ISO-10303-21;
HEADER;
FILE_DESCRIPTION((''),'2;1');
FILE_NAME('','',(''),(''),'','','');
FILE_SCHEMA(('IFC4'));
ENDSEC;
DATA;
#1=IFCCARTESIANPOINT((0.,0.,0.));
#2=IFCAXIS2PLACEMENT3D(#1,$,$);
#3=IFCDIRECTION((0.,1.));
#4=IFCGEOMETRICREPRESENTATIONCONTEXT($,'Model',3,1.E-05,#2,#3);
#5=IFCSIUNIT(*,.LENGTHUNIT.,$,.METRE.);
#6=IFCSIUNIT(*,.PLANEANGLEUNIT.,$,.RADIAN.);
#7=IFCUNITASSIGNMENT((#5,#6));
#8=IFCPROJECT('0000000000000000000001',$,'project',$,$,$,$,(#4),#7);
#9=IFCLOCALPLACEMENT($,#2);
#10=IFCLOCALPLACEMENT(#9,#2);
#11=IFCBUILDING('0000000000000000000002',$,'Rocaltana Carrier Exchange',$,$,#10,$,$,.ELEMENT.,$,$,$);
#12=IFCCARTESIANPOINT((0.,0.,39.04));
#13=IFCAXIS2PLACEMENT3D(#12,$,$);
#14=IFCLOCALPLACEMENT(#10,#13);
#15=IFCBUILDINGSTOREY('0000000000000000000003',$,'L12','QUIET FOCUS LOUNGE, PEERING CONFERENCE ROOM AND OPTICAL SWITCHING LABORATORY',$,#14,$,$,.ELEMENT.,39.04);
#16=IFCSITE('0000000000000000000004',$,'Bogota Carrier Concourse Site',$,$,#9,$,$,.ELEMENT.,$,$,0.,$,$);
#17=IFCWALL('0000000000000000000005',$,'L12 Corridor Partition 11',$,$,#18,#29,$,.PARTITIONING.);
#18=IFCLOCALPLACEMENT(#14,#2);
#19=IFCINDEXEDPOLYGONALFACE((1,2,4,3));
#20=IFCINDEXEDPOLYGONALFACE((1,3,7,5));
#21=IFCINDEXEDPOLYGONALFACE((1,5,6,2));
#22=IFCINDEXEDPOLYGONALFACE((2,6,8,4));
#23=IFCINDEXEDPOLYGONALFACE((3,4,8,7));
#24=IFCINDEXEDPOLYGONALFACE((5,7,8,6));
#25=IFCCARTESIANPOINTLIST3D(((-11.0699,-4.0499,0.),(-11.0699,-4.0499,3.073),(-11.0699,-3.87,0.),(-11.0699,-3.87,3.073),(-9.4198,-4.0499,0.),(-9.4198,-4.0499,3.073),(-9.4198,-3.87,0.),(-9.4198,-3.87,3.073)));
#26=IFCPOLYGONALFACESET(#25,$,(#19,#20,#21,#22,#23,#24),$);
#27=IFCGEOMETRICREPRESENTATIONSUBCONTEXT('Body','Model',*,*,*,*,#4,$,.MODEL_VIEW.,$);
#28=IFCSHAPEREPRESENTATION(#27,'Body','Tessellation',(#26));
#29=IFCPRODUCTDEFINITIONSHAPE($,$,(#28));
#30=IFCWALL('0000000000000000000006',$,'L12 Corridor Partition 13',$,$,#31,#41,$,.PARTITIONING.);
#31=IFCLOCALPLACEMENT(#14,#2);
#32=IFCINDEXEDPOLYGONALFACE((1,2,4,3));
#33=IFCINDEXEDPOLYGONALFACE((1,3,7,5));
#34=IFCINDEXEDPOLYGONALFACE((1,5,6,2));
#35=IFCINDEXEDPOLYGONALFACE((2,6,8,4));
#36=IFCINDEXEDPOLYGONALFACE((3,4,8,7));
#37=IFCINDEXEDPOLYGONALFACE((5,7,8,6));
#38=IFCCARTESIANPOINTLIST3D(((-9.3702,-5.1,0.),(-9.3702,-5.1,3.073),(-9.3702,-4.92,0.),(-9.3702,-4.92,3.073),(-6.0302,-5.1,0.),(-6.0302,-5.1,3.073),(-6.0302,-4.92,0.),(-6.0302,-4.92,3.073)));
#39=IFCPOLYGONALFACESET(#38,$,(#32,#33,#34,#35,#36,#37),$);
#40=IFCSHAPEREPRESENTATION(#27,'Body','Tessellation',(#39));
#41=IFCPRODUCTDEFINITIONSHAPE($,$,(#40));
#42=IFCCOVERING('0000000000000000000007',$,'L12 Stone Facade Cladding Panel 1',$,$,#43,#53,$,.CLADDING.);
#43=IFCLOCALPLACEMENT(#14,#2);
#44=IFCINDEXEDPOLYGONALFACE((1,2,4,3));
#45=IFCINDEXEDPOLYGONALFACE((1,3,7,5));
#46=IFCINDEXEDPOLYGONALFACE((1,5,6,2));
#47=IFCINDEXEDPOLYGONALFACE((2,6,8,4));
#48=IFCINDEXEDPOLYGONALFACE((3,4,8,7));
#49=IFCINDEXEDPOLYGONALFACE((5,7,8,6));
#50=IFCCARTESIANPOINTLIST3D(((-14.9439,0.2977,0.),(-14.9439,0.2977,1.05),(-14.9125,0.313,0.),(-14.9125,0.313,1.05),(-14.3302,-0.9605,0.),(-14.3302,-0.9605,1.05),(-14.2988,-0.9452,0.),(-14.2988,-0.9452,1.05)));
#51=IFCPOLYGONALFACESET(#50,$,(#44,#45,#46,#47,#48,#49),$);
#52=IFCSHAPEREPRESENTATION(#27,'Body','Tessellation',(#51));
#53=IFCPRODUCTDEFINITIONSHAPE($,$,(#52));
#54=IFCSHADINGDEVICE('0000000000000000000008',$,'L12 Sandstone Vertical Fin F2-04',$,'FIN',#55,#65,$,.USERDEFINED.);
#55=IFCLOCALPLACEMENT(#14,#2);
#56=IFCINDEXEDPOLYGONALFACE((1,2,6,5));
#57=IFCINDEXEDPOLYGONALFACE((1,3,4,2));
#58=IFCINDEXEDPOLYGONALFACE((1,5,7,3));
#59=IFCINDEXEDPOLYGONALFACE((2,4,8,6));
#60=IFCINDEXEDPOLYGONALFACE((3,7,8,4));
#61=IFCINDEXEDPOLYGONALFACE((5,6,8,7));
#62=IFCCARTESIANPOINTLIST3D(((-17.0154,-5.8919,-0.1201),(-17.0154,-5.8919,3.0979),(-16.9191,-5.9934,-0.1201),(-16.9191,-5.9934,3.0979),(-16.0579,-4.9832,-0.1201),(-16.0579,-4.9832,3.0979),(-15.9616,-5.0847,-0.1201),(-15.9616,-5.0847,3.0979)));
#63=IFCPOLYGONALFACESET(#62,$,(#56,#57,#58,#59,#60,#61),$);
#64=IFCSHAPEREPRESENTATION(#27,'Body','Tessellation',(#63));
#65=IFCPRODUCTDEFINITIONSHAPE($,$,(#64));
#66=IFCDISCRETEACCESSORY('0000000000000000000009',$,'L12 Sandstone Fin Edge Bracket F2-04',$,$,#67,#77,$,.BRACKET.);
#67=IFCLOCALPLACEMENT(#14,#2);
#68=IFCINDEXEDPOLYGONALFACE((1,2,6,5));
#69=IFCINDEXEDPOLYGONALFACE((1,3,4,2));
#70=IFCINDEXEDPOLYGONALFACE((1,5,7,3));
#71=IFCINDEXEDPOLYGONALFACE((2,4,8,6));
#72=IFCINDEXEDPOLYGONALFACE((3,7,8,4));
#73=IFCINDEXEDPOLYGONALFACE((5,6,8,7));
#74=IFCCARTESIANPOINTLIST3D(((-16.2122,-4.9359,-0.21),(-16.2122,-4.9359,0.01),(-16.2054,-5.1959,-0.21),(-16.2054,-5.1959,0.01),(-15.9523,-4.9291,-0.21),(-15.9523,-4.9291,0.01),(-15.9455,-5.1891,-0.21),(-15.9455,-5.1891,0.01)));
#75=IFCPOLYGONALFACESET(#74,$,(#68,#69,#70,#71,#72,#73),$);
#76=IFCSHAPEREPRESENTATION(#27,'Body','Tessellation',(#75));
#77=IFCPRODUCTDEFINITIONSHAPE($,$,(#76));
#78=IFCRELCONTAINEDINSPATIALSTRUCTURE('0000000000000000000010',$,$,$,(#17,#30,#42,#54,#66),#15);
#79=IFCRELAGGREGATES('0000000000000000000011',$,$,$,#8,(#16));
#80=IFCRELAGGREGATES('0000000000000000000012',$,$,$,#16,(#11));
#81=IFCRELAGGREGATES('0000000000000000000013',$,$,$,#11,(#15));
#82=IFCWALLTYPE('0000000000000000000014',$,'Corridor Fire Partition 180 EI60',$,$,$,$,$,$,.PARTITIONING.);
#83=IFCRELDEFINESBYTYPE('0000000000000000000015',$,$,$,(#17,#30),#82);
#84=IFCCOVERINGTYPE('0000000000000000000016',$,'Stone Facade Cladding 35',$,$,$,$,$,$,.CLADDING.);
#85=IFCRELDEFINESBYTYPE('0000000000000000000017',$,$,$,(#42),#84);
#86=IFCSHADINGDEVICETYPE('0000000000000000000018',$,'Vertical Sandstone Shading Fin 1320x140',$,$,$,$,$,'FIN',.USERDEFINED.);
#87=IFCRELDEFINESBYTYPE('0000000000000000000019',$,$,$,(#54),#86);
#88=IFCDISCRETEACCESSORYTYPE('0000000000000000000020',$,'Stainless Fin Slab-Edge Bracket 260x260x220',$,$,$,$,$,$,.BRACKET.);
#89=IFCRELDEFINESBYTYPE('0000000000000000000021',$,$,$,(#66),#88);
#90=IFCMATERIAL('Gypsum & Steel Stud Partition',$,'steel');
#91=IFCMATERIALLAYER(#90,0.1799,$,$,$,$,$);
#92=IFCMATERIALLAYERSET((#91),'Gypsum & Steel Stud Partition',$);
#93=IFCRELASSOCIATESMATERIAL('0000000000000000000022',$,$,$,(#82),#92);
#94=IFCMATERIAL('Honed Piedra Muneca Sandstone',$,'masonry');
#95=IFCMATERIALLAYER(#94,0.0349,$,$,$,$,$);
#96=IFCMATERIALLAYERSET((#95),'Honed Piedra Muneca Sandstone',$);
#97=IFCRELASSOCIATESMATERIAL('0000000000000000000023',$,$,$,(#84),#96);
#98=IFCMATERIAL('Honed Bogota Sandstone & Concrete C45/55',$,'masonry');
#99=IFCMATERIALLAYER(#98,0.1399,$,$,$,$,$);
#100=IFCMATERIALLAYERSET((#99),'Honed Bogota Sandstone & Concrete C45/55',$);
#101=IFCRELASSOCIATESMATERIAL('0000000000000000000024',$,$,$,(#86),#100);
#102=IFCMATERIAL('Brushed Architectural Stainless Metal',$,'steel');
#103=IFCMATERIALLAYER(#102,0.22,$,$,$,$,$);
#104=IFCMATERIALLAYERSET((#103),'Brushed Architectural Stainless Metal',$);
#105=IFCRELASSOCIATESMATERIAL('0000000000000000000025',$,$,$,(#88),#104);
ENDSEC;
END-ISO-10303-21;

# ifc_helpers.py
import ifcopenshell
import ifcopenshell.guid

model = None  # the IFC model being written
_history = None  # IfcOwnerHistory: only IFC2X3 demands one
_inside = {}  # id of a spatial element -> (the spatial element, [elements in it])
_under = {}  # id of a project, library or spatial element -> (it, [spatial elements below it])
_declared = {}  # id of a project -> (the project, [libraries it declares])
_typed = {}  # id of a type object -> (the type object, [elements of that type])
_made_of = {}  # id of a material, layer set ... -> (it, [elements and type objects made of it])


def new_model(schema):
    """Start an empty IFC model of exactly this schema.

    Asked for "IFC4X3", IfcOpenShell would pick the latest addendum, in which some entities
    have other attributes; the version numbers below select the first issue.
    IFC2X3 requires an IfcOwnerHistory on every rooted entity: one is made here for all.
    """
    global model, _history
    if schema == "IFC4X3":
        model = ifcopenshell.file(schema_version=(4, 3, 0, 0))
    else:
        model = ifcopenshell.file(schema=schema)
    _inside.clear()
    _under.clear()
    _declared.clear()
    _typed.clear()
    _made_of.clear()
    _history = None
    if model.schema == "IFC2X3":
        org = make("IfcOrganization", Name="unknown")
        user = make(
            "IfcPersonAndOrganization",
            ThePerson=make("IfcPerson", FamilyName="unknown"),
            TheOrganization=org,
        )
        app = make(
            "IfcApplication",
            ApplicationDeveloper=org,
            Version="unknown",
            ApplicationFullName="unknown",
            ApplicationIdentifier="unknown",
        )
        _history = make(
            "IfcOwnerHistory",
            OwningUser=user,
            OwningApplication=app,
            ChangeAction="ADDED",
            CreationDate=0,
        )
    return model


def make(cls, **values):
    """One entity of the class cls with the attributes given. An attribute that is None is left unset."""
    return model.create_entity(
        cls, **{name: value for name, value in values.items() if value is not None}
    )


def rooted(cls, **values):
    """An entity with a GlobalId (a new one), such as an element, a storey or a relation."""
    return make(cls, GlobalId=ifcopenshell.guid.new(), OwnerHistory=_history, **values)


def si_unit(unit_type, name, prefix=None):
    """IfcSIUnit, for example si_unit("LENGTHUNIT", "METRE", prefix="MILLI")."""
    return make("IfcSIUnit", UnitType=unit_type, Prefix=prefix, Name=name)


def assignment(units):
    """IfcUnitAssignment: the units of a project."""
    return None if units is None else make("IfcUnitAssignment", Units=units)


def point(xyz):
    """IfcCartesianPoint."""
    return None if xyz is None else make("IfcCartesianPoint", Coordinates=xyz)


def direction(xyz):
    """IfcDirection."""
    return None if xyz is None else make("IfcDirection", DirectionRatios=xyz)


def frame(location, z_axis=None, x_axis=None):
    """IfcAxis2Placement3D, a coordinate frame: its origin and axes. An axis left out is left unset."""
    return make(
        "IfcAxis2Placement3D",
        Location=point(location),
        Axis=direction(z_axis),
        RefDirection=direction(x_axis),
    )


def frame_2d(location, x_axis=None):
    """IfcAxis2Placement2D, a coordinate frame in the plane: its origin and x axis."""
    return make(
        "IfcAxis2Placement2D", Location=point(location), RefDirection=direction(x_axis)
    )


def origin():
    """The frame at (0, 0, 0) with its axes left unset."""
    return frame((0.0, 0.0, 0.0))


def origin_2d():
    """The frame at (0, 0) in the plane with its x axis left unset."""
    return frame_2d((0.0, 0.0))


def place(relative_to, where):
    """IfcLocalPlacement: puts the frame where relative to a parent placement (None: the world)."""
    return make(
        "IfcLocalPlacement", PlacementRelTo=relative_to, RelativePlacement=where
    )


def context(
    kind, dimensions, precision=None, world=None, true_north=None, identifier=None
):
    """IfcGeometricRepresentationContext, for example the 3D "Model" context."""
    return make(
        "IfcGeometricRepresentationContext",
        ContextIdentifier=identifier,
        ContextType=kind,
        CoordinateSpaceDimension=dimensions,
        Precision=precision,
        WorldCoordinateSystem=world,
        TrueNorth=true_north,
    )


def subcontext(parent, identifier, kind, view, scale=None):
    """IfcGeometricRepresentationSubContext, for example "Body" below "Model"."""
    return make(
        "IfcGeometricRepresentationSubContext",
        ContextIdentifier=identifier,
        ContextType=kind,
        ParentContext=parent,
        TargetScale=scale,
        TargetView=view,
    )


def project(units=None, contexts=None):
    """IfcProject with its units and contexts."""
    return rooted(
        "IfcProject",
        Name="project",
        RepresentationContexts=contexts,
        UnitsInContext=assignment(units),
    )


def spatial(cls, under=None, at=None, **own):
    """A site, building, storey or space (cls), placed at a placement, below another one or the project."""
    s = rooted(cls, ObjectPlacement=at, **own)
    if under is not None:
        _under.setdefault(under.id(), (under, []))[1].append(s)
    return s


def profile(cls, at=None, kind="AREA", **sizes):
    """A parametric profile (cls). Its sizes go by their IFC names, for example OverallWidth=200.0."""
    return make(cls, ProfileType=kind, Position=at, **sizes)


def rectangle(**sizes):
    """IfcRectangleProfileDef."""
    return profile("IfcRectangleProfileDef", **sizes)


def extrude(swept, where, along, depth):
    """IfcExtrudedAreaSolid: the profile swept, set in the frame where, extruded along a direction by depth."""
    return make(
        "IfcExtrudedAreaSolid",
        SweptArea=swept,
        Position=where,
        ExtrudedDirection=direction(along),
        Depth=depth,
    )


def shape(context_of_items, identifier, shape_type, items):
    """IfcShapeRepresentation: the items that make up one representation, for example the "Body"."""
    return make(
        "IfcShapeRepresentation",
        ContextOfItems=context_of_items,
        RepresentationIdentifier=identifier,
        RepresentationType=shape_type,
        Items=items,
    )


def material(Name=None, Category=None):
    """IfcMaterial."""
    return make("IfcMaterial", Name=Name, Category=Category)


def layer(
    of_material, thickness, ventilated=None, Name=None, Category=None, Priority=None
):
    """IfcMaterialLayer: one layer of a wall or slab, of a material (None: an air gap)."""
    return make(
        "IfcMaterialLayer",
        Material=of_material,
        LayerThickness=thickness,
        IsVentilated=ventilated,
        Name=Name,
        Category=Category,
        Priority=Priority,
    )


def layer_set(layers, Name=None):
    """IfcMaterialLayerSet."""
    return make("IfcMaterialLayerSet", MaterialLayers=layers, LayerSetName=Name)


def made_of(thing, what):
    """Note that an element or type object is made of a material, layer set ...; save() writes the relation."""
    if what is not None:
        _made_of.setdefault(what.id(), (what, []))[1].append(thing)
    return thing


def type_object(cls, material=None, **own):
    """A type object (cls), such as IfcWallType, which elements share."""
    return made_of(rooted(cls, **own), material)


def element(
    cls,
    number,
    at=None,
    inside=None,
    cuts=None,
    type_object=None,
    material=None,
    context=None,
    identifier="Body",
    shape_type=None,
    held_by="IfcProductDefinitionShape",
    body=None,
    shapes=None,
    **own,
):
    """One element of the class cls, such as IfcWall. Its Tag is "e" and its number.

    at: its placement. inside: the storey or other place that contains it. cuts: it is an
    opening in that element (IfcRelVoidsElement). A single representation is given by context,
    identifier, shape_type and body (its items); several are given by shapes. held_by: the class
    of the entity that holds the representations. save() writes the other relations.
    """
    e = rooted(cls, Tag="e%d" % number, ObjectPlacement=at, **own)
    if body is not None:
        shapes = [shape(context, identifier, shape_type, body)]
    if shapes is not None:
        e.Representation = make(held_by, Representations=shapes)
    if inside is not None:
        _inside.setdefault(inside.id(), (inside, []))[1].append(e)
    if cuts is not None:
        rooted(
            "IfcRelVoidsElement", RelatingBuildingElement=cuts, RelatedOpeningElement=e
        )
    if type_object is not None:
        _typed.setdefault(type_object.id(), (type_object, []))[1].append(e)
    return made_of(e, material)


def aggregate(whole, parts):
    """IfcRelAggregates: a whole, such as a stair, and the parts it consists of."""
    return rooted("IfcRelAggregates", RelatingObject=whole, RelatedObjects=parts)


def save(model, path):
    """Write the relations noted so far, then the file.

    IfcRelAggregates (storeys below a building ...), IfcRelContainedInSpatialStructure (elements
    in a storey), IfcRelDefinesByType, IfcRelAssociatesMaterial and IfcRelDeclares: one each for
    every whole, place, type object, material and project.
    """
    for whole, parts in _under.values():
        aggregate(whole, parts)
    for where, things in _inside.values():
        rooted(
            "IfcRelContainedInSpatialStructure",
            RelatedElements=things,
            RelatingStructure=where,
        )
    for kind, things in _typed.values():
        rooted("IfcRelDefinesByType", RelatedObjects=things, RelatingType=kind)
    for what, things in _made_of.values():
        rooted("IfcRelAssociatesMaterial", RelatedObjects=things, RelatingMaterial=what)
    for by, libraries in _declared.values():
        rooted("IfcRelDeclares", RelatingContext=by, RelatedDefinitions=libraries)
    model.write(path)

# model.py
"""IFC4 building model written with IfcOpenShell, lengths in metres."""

from ifc_helpers import new_model, si_unit, direction, frame, frame_2d, origin, origin_2d, place, context, subcontext, project, spatial, rectangle, extrude, material, layer, layer_set, type_object, element, save


model = new_model("IFC4")

# Units and contexts
model_context = context("Model", 3, precision=1e-05, world=origin(), true_north=direction((0.0, 1.0)))
body_context = subcontext(model_context, "Body", "Model", "MODEL_VIEW")
ifc_project = project(units=[si_unit("LENGTHUNIT", "METRE"), si_unit("PLANEANGLEUNIT", "RADIAN")], contexts=[model_context])

# Site, building, storey
site_placement = place(None, origin())
site = spatial("IfcSite", under=ifc_project, at=site_placement, Name="Bogota Carrier Concourse Site", CompositionType="ELEMENT", RefElevation=0.0)
building_placement = place(site_placement, origin())
building = spatial("IfcBuilding", under=site, at=building_placement, Name="Rocaltana Carrier Exchange", CompositionType="ELEMENT")
storey_placement = place(building_placement, frame((0.0, 0.0, 39.04)))
storey = spatial("IfcBuildingStorey", under=building, at=storey_placement, Name="L12", Description="QUIET FOCUS LOUNGE, PEERING CONFERENCE ROOM AND OPTICAL SWITCHING LABORATORY", CompositionType="ELEMENT", Elevation=39.04)

# Shared definitions
ifc_material_1 = material(Name="Gypsum & Steel Stud Partition", Category="steel")
ifc_layer_1 = layer(ifc_material_1, 0.1799)
ifc_layer_set_1 = layer_set([ifc_layer_1], Name="Gypsum & Steel Stud Partition")
wall_type = type_object("IfcWallType", Name="Corridor Fire Partition 180 EI60", PredefinedType="PARTITIONING", material=ifc_layer_set_1)

# Walls
wall_1_placement = place(storey_placement, frame((-11.0701, -3.96, 0.0), z_axis=(0.0, 0.0, 1.0), x_axis=(1.0, 0.0, 0.0)))
element("IfcWall", 1, at=wall_1_placement, inside=storey, type_object=wall_type, Name="L12 Corridor Partition 11", PredefinedType="PARTITIONING", context=body_context, shape_type="SweptSolid", body=[
    extrude(rectangle(XDim=1.6501, YDim=0.1799, at=frame_2d((0.8252, 0.0))), origin(), (0.0, 0.0, 1.0), 3.073),
])
wall_2_placement = place(storey_placement, frame((-9.3701, -5.01, 0.0), z_axis=(0.0, 0.0, 1.0), x_axis=(1.0, 0.0, 0.0)))
element("IfcWall", 2, at=wall_2_placement, inside=storey, type_object=wall_type, Name="L12 Corridor Partition 13", PredefinedType="PARTITIONING", context=body_context, shape_type="SweptSolid", body=[
    extrude(rectangle(XDim=3.3401, YDim=0.1799, at=frame_2d((1.6699, 0.0))), origin(), (0.0, 0.0, 1.0), 3.073),
])

# Covering
ifc_material_2 = material(Name="Honed Piedra Muneca Sandstone", Category="masonry")
ifc_layer_2 = layer(ifc_material_2, 0.0349)
ifc_layer_set_2 = layer_set([ifc_layer_2], Name="Honed Piedra Muneca Sandstone")
covering_type = type_object("IfcCoveringType", Name="Stone Facade Cladding 35", PredefinedType="CLADDING", material=ifc_layer_set_2)
covering_placement = place(storey_placement, frame((-14.6213, -0.3237, 0.0), z_axis=(0.0, 0.0, 1.0), x_axis=(-0.438371, 0.898794, 0.0)))
element("IfcCovering", 3, at=covering_placement, inside=storey, type_object=covering_type, Name="L12 Stone Facade Cladding Panel 1", PredefinedType="CLADDING", context=body_context, shape_type="SweptSolid", body=[
    extrude(rectangle(XDim=1.3999, YDim=0.0349, at=origin_2d()), origin(), (0.0, 0.0, 1.0), 1.05),
])

# Shading device
ifc_material_3 = material(Name="Honed Bogota Sandstone & Concrete C45/55", Category="masonry")
ifc_layer_3 = layer(ifc_material_3, 0.1399)
ifc_layer_set_3 = layer_set([ifc_layer_3], Name="Honed Bogota Sandstone & Concrete C45/55")
shading_device_type = type_object("IfcShadingDeviceType", Name="Vertical Sandstone Shading Fin 1320x140", ElementType="FIN", PredefinedType="USERDEFINED", material=ifc_layer_set_3)
shading_device_placement = place(storey_placement, frame((-16.4885, -5.4883, -0.1201), z_axis=(0.0, 0.0, 1.0), x_axis=(-0.725374, -0.688355, 0.0)))
element("IfcShadingDevice", 4, at=shading_device_placement, inside=storey, type_object=shading_device_type, Name="L12 Sandstone Vertical Fin F2-04", ObjectType="FIN", PredefinedType="USERDEFINED", context=body_context, shape_type="SweptSolid", body=[
    extrude(rectangle(XDim=1.3201, YDim=0.1399, at=origin_2d()), origin(), (0.0, 0.0, 1.0), 3.218),
])

# Discrete accessory
ifc_material_4 = material(Name="Brushed Architectural Stainless Metal", Category="steel")
ifc_layer_4 = layer(ifc_material_4, 0.22)
ifc_layer_set_4 = layer_set([ifc_layer_4], Name="Brushed Architectural Stainless Metal")
discrete_accessory_type = type_object("IfcDiscreteAccessoryType", Name="Stainless Fin Slab-Edge Bracket 260x260x220", PredefinedType="BRACKET", material=ifc_layer_set_4)
discrete_accessory_placement = place(storey_placement, frame((-16.0789, -5.0625, -0.21), z_axis=(0.0, 0.0, 1.0), x_axis=(0.026177, -0.999657, 0.0)))
element("IfcDiscreteAccessory", 5, at=discrete_accessory_placement, inside=storey, type_object=discrete_accessory_type, Name="L12 Sandstone Fin Edge Bracket F2-04", PredefinedType="BRACKET", context=body_context, shape_type="SweptSolid", body=[
    extrude(rectangle(XDim=0.26, YDim=0.26, at=origin_2d()), origin(), (0.0, 0.0, 1.0), 0.22),
])

save(model, "model.ifc")
